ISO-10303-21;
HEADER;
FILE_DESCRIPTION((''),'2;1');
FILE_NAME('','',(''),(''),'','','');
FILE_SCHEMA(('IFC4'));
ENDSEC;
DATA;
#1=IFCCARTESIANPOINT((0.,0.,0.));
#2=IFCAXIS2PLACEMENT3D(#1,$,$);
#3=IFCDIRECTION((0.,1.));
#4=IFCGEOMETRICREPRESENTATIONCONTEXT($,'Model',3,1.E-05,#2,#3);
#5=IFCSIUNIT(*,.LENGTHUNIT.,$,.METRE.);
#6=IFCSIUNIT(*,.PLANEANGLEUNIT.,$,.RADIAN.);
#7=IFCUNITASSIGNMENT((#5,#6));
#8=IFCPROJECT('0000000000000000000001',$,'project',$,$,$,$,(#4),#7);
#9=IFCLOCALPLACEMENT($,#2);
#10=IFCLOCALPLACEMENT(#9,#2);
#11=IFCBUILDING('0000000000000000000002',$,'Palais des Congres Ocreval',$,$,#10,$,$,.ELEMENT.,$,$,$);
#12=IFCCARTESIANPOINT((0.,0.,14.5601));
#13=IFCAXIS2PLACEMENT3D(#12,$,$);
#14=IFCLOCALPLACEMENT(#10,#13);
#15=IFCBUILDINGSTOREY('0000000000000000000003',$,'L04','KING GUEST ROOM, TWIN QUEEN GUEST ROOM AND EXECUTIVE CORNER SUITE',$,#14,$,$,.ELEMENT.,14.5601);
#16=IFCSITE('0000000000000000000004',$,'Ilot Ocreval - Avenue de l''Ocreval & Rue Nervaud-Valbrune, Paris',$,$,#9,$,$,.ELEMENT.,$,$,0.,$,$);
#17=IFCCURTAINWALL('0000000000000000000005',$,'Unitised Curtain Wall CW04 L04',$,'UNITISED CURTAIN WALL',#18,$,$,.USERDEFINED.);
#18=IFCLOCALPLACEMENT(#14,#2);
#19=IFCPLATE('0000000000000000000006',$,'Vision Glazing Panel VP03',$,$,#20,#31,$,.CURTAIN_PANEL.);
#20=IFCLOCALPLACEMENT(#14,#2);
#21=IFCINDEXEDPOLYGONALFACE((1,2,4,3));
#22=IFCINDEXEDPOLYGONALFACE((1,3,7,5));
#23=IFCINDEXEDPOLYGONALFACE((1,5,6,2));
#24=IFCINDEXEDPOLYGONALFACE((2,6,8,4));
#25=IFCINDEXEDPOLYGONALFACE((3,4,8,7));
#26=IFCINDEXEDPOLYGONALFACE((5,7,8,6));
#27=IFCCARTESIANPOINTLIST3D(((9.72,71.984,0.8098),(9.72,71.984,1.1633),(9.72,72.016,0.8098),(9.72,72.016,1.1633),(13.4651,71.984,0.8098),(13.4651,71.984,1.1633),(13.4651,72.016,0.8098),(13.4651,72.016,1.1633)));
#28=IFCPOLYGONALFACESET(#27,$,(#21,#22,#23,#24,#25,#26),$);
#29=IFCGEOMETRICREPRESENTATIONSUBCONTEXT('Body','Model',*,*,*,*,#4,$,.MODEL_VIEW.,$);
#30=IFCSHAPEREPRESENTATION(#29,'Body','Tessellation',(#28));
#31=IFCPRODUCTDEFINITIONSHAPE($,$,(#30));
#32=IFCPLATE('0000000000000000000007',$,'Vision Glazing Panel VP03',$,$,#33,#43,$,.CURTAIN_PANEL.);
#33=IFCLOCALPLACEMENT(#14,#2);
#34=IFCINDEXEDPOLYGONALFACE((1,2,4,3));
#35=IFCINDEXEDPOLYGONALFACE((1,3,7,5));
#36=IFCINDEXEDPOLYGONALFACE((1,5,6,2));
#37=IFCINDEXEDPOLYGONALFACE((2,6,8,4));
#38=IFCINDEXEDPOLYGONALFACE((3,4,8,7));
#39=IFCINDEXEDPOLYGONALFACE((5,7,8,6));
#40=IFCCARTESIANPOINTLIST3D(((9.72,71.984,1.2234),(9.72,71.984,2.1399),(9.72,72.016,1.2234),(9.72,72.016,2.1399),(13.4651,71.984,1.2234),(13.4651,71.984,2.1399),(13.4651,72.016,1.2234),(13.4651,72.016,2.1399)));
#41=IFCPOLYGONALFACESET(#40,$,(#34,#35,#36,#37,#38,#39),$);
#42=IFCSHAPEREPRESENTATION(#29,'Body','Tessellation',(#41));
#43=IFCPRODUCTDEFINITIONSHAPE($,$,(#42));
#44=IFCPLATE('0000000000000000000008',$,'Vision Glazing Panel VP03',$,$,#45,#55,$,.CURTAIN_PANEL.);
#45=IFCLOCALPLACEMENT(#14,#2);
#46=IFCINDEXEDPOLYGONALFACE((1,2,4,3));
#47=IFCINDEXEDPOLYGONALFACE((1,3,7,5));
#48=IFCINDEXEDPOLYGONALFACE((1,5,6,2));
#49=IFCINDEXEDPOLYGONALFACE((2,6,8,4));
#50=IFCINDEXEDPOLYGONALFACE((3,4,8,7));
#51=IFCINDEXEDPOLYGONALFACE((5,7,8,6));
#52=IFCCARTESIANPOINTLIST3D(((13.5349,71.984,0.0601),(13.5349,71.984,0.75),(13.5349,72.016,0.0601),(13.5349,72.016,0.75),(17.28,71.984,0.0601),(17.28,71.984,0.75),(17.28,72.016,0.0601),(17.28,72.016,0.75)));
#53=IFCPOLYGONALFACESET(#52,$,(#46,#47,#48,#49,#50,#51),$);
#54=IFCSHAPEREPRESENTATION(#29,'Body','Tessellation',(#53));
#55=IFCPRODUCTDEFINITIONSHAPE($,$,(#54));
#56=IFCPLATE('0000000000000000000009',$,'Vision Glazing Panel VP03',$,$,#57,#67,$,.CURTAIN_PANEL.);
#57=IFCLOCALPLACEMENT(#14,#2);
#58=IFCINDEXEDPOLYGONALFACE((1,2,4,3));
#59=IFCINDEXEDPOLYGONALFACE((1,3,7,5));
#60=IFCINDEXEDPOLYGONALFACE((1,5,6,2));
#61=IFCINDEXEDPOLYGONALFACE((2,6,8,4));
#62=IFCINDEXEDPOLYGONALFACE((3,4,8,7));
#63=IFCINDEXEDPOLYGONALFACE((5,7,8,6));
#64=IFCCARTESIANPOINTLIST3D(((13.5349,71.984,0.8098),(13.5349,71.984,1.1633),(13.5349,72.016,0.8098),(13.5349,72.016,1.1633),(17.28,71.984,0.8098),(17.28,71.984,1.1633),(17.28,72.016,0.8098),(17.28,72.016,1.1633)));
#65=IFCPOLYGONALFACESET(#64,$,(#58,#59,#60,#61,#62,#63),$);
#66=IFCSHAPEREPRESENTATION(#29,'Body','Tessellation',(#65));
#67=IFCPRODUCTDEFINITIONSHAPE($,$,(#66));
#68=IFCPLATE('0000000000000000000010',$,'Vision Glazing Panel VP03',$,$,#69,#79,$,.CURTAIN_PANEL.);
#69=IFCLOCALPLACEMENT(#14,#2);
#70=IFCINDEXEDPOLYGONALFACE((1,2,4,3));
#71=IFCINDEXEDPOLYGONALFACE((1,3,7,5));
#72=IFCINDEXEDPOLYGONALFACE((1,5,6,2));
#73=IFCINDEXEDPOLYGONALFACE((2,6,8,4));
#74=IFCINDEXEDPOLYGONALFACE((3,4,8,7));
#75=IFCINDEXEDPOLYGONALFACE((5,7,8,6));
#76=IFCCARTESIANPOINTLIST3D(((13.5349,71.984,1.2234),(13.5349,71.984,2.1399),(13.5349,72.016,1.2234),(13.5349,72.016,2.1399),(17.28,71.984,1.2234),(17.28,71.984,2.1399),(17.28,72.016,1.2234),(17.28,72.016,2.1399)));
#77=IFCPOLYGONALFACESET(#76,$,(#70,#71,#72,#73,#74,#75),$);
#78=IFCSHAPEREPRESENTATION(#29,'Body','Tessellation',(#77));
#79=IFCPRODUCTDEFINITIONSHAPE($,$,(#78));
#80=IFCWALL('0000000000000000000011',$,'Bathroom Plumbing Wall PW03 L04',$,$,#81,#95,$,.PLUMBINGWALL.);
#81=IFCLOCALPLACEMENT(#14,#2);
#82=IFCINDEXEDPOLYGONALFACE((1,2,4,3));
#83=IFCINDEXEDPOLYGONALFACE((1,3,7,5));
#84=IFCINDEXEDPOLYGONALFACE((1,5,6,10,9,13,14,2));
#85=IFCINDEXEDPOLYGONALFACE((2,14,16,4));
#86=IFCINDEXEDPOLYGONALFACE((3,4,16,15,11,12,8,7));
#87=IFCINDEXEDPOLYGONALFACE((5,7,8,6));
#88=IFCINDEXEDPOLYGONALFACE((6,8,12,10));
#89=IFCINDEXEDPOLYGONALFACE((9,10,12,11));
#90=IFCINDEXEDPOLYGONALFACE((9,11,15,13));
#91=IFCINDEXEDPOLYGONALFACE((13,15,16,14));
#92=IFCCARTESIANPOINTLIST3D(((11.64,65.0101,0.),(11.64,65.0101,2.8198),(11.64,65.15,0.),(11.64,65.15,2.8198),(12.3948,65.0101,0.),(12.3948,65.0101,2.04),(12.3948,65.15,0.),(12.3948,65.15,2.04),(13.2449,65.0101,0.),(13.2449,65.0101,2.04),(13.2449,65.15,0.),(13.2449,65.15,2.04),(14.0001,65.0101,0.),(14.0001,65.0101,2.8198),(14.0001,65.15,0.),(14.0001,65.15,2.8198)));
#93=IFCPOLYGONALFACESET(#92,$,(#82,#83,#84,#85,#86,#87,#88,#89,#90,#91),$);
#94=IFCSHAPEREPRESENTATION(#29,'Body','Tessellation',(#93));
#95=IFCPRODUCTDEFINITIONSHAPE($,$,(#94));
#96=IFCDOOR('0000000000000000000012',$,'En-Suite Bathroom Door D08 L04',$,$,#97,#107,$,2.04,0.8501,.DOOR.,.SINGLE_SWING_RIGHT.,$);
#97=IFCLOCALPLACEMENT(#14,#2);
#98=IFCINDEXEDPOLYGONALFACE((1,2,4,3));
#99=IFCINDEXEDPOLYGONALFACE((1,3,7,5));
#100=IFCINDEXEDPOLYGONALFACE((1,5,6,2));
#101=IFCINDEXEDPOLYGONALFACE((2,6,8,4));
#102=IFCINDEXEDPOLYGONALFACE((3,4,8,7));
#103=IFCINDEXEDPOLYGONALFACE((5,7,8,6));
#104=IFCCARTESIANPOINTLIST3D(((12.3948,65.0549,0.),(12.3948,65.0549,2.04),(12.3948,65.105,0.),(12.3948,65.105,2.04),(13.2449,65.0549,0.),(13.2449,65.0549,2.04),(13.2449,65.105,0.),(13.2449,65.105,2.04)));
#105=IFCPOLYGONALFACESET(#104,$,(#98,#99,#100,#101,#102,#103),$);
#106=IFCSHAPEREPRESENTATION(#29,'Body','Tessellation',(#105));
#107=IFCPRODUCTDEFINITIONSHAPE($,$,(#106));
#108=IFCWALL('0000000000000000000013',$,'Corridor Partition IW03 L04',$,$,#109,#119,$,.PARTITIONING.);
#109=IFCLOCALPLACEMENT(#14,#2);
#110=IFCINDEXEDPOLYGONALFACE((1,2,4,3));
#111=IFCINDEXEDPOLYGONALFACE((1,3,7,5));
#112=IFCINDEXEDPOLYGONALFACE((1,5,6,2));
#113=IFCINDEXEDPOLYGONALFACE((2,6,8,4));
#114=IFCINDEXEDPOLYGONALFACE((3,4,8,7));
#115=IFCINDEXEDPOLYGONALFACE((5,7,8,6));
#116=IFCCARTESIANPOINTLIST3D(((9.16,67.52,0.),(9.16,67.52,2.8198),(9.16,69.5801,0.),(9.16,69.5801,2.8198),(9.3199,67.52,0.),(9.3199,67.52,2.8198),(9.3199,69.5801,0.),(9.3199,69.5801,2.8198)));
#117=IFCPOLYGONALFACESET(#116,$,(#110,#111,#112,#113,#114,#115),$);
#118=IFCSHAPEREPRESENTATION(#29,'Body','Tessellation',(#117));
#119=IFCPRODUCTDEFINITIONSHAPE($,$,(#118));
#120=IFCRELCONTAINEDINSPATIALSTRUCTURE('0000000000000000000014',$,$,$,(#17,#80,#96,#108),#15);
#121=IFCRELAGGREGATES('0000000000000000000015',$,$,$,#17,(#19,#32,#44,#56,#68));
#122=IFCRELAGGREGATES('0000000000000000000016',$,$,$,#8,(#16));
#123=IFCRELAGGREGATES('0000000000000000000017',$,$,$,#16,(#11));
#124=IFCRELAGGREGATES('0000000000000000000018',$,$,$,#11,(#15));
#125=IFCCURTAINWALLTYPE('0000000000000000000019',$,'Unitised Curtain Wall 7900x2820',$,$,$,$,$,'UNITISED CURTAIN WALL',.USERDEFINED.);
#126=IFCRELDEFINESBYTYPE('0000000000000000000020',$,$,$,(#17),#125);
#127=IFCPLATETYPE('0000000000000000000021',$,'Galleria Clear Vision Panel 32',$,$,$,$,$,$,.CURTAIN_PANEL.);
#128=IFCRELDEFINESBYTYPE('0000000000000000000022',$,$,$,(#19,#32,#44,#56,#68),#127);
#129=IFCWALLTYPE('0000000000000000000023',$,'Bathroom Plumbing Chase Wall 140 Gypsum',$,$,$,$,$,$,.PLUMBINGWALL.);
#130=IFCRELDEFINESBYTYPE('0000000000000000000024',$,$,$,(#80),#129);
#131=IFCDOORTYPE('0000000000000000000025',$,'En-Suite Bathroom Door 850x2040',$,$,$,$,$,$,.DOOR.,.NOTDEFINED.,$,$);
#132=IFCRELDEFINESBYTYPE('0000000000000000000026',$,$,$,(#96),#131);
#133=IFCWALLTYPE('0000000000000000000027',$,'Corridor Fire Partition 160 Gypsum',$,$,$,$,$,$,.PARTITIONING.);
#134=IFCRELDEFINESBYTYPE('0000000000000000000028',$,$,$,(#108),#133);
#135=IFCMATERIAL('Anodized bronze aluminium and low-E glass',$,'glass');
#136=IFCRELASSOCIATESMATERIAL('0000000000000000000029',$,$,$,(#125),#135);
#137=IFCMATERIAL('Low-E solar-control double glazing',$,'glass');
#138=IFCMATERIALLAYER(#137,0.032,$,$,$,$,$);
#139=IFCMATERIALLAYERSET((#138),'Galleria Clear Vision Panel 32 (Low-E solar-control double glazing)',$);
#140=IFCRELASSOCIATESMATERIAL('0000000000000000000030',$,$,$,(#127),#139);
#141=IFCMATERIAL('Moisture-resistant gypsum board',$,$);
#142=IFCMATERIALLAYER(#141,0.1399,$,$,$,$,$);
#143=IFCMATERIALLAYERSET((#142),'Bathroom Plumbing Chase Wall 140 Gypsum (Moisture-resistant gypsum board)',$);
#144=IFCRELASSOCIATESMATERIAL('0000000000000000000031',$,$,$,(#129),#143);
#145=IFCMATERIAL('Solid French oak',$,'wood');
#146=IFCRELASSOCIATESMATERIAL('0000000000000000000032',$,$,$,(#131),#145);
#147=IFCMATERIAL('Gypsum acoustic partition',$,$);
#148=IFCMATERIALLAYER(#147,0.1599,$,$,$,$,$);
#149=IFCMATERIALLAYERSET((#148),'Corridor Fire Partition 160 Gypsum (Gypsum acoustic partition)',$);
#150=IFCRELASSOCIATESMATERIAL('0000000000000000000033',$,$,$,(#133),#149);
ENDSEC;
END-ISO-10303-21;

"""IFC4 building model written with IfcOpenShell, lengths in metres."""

from ifc_helpers import new_model, si_unit, direction, frame, frame_2d, origin, origin_2d, place, context, subcontext, project, spatial, rectangle, extrude, material, layer, layer_set, type_object, element, fill, aggregate, save


model = new_model("IFC4")

# Units and contexts
model_context = context("Model", 3, precision=1e-05, world=origin(), true_north=direction((0.0, 1.0)))
body_context = subcontext(model_context, "Body", "Model", "MODEL_VIEW")
ifc_project = project(units=[si_unit("LENGTHUNIT", "METRE"), si_unit("PLANEANGLEUNIT", "RADIAN")], contexts=[model_context])

# Site, building, storey
site_placement = place(None, origin())
site = spatial("IfcSite", under=ifc_project, at=site_placement, Name="Ilot Ocreval - Avenue de l'Ocreval & Rue Nervaud-Valbrune, Paris", CompositionType="ELEMENT", RefElevation=0.0)
building_placement = place(site_placement, origin())
building = spatial("IfcBuilding", under=site, at=building_placement, Name="Palais des Congres Ocreval", CompositionType="ELEMENT")
storey_placement = place(building_placement, frame((0.0, 0.0, 14.5601)))
storey = spatial("IfcBuildingStorey", under=building, at=storey_placement, Name="L04", Description="KING GUEST ROOM, TWIN QUEEN GUEST ROOM AND EXECUTIVE CORNER SUITE", CompositionType="ELEMENT", Elevation=14.5601)

# Curtain wall, plates
ifc_material_1 = material(Name="Anodized bronze aluminium and low-E glass", Category="glass")
curtain_wall_type = type_object("IfcCurtainWallType", Name="Unitised Curtain Wall 7900x2820", ElementType="UNITISED CURTAIN WALL", PredefinedType="USERDEFINED", material=ifc_material_1)
curtain_wall_placement = place(storey_placement, origin())
curtain_wall = element("IfcCurtainWall", 1, at=curtain_wall_placement, inside=storey, type_object=curtain_wall_type, Name="Unitised Curtain Wall CW04 L04", ObjectType="UNITISED CURTAIN WALL", PredefinedType="USERDEFINED")
ifc_material_2 = material(Name="Low-E solar-control double glazing", Category="glass")
ifc_layer_1 = layer(ifc_material_2, 0.032)
ifc_layer_set_1 = layer_set([ifc_layer_1], Name="Galleria Clear Vision Panel 32 (Low-E solar-control double glazing)")
plate_type_1 = type_object("IfcPlateType", Name="Galleria Clear Vision Panel 32", PredefinedType="CURTAIN_PANEL", material=ifc_layer_set_1)
plate_1_placement = place(storey_placement, frame((11.5925, 72.0, 0.8098), z_axis=(0.0, 0.0, 1.0), x_axis=(1.0, 0.0, 0.0)))
plate_1 = element("IfcPlate", 2, at=plate_1_placement, type_object=plate_type_1, Name="Vision Glazing Panel VP03", PredefinedType="CURTAIN_PANEL", context=body_context, shape_type="SweptSolid", body=[
    extrude(rectangle(XDim=3.7451, YDim=0.032, at=origin_2d()), origin(), (0.0, 0.0, 1.0), 0.3535),
])
plate_2_placement = place(storey_placement, frame((11.5925, 72.0, 1.2234), z_axis=(0.0, 0.0, 1.0), x_axis=(1.0, 0.0, 0.0)))
plate_2 = element("IfcPlate", 3, at=plate_2_placement, type_object=plate_type_1, Name="Vision Glazing Panel VP03", PredefinedType="CURTAIN_PANEL", context=body_context, shape_type="SweptSolid", body=[
    extrude(rectangle(XDim=3.7451, YDim=0.032, at=origin_2d()), origin(), (0.0, 0.0, 1.0), 0.9165),
])
plate_3_placement = place(storey_placement, frame((15.4075, 72.0, 0.0601), z_axis=(0.0, 0.0, 1.0), x_axis=(1.0, 0.0, 0.0)))
plate_3 = element("IfcPlate", 4, at=plate_3_placement, type_object=plate_type_1, Name="Vision Glazing Panel VP03", PredefinedType="CURTAIN_PANEL", context=body_context, shape_type="SweptSolid", body=[
    extrude(rectangle(XDim=3.7451, YDim=0.032, at=origin_2d()), origin(), (0.0, 0.0, 1.0), 0.6899),
])
plate_4_placement = place(storey_placement, frame((15.4075, 72.0, 0.8098), z_axis=(0.0, 0.0, 1.0), x_axis=(1.0, 0.0, 0.0)))
plate_4 = element("IfcPlate", 5, at=plate_4_placement, type_object=plate_type_1, Name="Vision Glazing Panel VP03", PredefinedType="CURTAIN_PANEL", context=body_context, shape_type="SweptSolid", body=[
    extrude(rectangle(XDim=3.7451, YDim=0.032, at=origin_2d()), origin(), (0.0, 0.0, 1.0), 0.3535),
])
plate_5_placement = place(storey_placement, frame((15.4075, 72.0, 1.2234), z_axis=(0.0, 0.0, 1.0), x_axis=(1.0, 0.0, 0.0)))
plate_5 = element("IfcPlate", 6, at=plate_5_placement, type_object=plate_type_1, Name="Vision Glazing Panel VP03", PredefinedType="CURTAIN_PANEL", context=body_context, shape_type="SweptSolid", body=[
    extrude(rectangle(XDim=3.7451, YDim=0.032, at=origin_2d()), origin(), (0.0, 0.0, 1.0), 0.9165),
])
aggregate(curtain_wall, [plate_1, plate_2, plate_3, plate_4, plate_5])

# Wall, opening, door
ifc_material_3 = material(Name="Moisture-resistant gypsum board")
ifc_layer_2 = layer(ifc_material_3, 0.1399)
ifc_layer_set_2 = layer_set([ifc_layer_2], Name="Bathroom Plumbing Chase Wall 140 Gypsum (Moisture-resistant gypsum board)")
wall_type_1 = type_object("IfcWallType", Name="Bathroom Plumbing Chase Wall 140 Gypsum", PredefinedType="PLUMBINGWALL", material=ifc_layer_set_2)
wall_1_placement = place(storey_placement, frame((11.6399, 65.0801, 0.0), z_axis=(0.0, 0.0, 1.0), x_axis=(1.0, 0.0, 0.0)))
wall_1 = element("IfcWall", 7, at=wall_1_placement, inside=storey, type_object=wall_type_1, Name="Bathroom Plumbing Wall PW03 L04", PredefinedType="PLUMBINGWALL", context=body_context, shape_type="SweptSolid", body=[
    extrude(rectangle(XDim=2.3601, YDim=0.1399, at=frame_2d((1.1802, 0.0))), origin(), (0.0, 0.0, 1.0), 2.8198),
])
opening_1_placement = place(wall_1_placement, frame((0.7549, 0.0, 0.0)))
opening_1 = element("IfcOpeningElement", 8, at=opening_1_placement, cuts=wall_1, PredefinedType="OPENING", context=body_context, shape_type="SweptSolid", body=[
    extrude(rectangle(XDim=0.8501, YDim=2.04, at=frame_2d((0.425, 1.02))), frame((0.0, 0.0798, 0.0), z_axis=(0.0, -1.0, 0.0), x_axis=(1.0, 0.0, 0.0)), (0.0, 0.0, 1.0), 0.1599),
])
ifc_material_4 = material(Name="Solid French oak", Category="wood")
door_type_1 = type_object("IfcDoorType", Name="En-Suite Bathroom Door 850x2040", OperationType="NOTDEFINED", PredefinedType="DOOR", material=ifc_material_4)
door_1_placement = place(opening_1_placement, origin())
door_1 = element("IfcDoor", 9, at=door_1_placement, inside=storey, type_object=door_type_1, Name="En-Suite Bathroom Door D08 L04", OperationType="SINGLE_SWING_RIGHT", OverallHeight=2.04, OverallWidth=0.8501, PredefinedType="DOOR", context=body_context, shape_type="SweptSolid", body=[
    extrude(rectangle(XDim=0.8501, YDim=2.04, at=frame_2d((0.425, 1.02))), frame((0.0, 0.0249, 0.0), z_axis=(0.0, -1.0, 0.0), x_axis=(1.0, 0.0, 0.0)), (0.0, 0.0, 1.0), 0.05),
])
fill(opening_1, door_1)

# Wall
ifc_material_5 = material(Name="Gypsum acoustic partition")
ifc_layer_3 = layer(ifc_material_5, 0.1599)
ifc_layer_set_3 = layer_set([ifc_layer_3], Name="Corridor Fire Partition 160 Gypsum (Gypsum acoustic partition)")
wall_type_2 = type_object("IfcWallType", Name="Corridor Fire Partition 160 Gypsum", PredefinedType="PARTITIONING", material=ifc_layer_set_3)
wall_2_placement = place(storey_placement, frame((9.24, 67.52, 0.0), z_axis=(0.0, 0.0, 1.0), x_axis=(0.0, 1.0, 0.0)))
element("IfcWall", 10, at=wall_2_placement, inside=storey, type_object=wall_type_2, Name="Corridor Partition IW03 L04", PredefinedType="PARTITIONING", context=body_context, shape_type="SweptSolid", body=[
    extrude(rectangle(XDim=2.0601, YDim=0.1599, at=frame_2d((1.03, 0.0))), origin(), (0.0, 0.0, 1.0), 2.8198),
])

save(model, "model.ifc")
